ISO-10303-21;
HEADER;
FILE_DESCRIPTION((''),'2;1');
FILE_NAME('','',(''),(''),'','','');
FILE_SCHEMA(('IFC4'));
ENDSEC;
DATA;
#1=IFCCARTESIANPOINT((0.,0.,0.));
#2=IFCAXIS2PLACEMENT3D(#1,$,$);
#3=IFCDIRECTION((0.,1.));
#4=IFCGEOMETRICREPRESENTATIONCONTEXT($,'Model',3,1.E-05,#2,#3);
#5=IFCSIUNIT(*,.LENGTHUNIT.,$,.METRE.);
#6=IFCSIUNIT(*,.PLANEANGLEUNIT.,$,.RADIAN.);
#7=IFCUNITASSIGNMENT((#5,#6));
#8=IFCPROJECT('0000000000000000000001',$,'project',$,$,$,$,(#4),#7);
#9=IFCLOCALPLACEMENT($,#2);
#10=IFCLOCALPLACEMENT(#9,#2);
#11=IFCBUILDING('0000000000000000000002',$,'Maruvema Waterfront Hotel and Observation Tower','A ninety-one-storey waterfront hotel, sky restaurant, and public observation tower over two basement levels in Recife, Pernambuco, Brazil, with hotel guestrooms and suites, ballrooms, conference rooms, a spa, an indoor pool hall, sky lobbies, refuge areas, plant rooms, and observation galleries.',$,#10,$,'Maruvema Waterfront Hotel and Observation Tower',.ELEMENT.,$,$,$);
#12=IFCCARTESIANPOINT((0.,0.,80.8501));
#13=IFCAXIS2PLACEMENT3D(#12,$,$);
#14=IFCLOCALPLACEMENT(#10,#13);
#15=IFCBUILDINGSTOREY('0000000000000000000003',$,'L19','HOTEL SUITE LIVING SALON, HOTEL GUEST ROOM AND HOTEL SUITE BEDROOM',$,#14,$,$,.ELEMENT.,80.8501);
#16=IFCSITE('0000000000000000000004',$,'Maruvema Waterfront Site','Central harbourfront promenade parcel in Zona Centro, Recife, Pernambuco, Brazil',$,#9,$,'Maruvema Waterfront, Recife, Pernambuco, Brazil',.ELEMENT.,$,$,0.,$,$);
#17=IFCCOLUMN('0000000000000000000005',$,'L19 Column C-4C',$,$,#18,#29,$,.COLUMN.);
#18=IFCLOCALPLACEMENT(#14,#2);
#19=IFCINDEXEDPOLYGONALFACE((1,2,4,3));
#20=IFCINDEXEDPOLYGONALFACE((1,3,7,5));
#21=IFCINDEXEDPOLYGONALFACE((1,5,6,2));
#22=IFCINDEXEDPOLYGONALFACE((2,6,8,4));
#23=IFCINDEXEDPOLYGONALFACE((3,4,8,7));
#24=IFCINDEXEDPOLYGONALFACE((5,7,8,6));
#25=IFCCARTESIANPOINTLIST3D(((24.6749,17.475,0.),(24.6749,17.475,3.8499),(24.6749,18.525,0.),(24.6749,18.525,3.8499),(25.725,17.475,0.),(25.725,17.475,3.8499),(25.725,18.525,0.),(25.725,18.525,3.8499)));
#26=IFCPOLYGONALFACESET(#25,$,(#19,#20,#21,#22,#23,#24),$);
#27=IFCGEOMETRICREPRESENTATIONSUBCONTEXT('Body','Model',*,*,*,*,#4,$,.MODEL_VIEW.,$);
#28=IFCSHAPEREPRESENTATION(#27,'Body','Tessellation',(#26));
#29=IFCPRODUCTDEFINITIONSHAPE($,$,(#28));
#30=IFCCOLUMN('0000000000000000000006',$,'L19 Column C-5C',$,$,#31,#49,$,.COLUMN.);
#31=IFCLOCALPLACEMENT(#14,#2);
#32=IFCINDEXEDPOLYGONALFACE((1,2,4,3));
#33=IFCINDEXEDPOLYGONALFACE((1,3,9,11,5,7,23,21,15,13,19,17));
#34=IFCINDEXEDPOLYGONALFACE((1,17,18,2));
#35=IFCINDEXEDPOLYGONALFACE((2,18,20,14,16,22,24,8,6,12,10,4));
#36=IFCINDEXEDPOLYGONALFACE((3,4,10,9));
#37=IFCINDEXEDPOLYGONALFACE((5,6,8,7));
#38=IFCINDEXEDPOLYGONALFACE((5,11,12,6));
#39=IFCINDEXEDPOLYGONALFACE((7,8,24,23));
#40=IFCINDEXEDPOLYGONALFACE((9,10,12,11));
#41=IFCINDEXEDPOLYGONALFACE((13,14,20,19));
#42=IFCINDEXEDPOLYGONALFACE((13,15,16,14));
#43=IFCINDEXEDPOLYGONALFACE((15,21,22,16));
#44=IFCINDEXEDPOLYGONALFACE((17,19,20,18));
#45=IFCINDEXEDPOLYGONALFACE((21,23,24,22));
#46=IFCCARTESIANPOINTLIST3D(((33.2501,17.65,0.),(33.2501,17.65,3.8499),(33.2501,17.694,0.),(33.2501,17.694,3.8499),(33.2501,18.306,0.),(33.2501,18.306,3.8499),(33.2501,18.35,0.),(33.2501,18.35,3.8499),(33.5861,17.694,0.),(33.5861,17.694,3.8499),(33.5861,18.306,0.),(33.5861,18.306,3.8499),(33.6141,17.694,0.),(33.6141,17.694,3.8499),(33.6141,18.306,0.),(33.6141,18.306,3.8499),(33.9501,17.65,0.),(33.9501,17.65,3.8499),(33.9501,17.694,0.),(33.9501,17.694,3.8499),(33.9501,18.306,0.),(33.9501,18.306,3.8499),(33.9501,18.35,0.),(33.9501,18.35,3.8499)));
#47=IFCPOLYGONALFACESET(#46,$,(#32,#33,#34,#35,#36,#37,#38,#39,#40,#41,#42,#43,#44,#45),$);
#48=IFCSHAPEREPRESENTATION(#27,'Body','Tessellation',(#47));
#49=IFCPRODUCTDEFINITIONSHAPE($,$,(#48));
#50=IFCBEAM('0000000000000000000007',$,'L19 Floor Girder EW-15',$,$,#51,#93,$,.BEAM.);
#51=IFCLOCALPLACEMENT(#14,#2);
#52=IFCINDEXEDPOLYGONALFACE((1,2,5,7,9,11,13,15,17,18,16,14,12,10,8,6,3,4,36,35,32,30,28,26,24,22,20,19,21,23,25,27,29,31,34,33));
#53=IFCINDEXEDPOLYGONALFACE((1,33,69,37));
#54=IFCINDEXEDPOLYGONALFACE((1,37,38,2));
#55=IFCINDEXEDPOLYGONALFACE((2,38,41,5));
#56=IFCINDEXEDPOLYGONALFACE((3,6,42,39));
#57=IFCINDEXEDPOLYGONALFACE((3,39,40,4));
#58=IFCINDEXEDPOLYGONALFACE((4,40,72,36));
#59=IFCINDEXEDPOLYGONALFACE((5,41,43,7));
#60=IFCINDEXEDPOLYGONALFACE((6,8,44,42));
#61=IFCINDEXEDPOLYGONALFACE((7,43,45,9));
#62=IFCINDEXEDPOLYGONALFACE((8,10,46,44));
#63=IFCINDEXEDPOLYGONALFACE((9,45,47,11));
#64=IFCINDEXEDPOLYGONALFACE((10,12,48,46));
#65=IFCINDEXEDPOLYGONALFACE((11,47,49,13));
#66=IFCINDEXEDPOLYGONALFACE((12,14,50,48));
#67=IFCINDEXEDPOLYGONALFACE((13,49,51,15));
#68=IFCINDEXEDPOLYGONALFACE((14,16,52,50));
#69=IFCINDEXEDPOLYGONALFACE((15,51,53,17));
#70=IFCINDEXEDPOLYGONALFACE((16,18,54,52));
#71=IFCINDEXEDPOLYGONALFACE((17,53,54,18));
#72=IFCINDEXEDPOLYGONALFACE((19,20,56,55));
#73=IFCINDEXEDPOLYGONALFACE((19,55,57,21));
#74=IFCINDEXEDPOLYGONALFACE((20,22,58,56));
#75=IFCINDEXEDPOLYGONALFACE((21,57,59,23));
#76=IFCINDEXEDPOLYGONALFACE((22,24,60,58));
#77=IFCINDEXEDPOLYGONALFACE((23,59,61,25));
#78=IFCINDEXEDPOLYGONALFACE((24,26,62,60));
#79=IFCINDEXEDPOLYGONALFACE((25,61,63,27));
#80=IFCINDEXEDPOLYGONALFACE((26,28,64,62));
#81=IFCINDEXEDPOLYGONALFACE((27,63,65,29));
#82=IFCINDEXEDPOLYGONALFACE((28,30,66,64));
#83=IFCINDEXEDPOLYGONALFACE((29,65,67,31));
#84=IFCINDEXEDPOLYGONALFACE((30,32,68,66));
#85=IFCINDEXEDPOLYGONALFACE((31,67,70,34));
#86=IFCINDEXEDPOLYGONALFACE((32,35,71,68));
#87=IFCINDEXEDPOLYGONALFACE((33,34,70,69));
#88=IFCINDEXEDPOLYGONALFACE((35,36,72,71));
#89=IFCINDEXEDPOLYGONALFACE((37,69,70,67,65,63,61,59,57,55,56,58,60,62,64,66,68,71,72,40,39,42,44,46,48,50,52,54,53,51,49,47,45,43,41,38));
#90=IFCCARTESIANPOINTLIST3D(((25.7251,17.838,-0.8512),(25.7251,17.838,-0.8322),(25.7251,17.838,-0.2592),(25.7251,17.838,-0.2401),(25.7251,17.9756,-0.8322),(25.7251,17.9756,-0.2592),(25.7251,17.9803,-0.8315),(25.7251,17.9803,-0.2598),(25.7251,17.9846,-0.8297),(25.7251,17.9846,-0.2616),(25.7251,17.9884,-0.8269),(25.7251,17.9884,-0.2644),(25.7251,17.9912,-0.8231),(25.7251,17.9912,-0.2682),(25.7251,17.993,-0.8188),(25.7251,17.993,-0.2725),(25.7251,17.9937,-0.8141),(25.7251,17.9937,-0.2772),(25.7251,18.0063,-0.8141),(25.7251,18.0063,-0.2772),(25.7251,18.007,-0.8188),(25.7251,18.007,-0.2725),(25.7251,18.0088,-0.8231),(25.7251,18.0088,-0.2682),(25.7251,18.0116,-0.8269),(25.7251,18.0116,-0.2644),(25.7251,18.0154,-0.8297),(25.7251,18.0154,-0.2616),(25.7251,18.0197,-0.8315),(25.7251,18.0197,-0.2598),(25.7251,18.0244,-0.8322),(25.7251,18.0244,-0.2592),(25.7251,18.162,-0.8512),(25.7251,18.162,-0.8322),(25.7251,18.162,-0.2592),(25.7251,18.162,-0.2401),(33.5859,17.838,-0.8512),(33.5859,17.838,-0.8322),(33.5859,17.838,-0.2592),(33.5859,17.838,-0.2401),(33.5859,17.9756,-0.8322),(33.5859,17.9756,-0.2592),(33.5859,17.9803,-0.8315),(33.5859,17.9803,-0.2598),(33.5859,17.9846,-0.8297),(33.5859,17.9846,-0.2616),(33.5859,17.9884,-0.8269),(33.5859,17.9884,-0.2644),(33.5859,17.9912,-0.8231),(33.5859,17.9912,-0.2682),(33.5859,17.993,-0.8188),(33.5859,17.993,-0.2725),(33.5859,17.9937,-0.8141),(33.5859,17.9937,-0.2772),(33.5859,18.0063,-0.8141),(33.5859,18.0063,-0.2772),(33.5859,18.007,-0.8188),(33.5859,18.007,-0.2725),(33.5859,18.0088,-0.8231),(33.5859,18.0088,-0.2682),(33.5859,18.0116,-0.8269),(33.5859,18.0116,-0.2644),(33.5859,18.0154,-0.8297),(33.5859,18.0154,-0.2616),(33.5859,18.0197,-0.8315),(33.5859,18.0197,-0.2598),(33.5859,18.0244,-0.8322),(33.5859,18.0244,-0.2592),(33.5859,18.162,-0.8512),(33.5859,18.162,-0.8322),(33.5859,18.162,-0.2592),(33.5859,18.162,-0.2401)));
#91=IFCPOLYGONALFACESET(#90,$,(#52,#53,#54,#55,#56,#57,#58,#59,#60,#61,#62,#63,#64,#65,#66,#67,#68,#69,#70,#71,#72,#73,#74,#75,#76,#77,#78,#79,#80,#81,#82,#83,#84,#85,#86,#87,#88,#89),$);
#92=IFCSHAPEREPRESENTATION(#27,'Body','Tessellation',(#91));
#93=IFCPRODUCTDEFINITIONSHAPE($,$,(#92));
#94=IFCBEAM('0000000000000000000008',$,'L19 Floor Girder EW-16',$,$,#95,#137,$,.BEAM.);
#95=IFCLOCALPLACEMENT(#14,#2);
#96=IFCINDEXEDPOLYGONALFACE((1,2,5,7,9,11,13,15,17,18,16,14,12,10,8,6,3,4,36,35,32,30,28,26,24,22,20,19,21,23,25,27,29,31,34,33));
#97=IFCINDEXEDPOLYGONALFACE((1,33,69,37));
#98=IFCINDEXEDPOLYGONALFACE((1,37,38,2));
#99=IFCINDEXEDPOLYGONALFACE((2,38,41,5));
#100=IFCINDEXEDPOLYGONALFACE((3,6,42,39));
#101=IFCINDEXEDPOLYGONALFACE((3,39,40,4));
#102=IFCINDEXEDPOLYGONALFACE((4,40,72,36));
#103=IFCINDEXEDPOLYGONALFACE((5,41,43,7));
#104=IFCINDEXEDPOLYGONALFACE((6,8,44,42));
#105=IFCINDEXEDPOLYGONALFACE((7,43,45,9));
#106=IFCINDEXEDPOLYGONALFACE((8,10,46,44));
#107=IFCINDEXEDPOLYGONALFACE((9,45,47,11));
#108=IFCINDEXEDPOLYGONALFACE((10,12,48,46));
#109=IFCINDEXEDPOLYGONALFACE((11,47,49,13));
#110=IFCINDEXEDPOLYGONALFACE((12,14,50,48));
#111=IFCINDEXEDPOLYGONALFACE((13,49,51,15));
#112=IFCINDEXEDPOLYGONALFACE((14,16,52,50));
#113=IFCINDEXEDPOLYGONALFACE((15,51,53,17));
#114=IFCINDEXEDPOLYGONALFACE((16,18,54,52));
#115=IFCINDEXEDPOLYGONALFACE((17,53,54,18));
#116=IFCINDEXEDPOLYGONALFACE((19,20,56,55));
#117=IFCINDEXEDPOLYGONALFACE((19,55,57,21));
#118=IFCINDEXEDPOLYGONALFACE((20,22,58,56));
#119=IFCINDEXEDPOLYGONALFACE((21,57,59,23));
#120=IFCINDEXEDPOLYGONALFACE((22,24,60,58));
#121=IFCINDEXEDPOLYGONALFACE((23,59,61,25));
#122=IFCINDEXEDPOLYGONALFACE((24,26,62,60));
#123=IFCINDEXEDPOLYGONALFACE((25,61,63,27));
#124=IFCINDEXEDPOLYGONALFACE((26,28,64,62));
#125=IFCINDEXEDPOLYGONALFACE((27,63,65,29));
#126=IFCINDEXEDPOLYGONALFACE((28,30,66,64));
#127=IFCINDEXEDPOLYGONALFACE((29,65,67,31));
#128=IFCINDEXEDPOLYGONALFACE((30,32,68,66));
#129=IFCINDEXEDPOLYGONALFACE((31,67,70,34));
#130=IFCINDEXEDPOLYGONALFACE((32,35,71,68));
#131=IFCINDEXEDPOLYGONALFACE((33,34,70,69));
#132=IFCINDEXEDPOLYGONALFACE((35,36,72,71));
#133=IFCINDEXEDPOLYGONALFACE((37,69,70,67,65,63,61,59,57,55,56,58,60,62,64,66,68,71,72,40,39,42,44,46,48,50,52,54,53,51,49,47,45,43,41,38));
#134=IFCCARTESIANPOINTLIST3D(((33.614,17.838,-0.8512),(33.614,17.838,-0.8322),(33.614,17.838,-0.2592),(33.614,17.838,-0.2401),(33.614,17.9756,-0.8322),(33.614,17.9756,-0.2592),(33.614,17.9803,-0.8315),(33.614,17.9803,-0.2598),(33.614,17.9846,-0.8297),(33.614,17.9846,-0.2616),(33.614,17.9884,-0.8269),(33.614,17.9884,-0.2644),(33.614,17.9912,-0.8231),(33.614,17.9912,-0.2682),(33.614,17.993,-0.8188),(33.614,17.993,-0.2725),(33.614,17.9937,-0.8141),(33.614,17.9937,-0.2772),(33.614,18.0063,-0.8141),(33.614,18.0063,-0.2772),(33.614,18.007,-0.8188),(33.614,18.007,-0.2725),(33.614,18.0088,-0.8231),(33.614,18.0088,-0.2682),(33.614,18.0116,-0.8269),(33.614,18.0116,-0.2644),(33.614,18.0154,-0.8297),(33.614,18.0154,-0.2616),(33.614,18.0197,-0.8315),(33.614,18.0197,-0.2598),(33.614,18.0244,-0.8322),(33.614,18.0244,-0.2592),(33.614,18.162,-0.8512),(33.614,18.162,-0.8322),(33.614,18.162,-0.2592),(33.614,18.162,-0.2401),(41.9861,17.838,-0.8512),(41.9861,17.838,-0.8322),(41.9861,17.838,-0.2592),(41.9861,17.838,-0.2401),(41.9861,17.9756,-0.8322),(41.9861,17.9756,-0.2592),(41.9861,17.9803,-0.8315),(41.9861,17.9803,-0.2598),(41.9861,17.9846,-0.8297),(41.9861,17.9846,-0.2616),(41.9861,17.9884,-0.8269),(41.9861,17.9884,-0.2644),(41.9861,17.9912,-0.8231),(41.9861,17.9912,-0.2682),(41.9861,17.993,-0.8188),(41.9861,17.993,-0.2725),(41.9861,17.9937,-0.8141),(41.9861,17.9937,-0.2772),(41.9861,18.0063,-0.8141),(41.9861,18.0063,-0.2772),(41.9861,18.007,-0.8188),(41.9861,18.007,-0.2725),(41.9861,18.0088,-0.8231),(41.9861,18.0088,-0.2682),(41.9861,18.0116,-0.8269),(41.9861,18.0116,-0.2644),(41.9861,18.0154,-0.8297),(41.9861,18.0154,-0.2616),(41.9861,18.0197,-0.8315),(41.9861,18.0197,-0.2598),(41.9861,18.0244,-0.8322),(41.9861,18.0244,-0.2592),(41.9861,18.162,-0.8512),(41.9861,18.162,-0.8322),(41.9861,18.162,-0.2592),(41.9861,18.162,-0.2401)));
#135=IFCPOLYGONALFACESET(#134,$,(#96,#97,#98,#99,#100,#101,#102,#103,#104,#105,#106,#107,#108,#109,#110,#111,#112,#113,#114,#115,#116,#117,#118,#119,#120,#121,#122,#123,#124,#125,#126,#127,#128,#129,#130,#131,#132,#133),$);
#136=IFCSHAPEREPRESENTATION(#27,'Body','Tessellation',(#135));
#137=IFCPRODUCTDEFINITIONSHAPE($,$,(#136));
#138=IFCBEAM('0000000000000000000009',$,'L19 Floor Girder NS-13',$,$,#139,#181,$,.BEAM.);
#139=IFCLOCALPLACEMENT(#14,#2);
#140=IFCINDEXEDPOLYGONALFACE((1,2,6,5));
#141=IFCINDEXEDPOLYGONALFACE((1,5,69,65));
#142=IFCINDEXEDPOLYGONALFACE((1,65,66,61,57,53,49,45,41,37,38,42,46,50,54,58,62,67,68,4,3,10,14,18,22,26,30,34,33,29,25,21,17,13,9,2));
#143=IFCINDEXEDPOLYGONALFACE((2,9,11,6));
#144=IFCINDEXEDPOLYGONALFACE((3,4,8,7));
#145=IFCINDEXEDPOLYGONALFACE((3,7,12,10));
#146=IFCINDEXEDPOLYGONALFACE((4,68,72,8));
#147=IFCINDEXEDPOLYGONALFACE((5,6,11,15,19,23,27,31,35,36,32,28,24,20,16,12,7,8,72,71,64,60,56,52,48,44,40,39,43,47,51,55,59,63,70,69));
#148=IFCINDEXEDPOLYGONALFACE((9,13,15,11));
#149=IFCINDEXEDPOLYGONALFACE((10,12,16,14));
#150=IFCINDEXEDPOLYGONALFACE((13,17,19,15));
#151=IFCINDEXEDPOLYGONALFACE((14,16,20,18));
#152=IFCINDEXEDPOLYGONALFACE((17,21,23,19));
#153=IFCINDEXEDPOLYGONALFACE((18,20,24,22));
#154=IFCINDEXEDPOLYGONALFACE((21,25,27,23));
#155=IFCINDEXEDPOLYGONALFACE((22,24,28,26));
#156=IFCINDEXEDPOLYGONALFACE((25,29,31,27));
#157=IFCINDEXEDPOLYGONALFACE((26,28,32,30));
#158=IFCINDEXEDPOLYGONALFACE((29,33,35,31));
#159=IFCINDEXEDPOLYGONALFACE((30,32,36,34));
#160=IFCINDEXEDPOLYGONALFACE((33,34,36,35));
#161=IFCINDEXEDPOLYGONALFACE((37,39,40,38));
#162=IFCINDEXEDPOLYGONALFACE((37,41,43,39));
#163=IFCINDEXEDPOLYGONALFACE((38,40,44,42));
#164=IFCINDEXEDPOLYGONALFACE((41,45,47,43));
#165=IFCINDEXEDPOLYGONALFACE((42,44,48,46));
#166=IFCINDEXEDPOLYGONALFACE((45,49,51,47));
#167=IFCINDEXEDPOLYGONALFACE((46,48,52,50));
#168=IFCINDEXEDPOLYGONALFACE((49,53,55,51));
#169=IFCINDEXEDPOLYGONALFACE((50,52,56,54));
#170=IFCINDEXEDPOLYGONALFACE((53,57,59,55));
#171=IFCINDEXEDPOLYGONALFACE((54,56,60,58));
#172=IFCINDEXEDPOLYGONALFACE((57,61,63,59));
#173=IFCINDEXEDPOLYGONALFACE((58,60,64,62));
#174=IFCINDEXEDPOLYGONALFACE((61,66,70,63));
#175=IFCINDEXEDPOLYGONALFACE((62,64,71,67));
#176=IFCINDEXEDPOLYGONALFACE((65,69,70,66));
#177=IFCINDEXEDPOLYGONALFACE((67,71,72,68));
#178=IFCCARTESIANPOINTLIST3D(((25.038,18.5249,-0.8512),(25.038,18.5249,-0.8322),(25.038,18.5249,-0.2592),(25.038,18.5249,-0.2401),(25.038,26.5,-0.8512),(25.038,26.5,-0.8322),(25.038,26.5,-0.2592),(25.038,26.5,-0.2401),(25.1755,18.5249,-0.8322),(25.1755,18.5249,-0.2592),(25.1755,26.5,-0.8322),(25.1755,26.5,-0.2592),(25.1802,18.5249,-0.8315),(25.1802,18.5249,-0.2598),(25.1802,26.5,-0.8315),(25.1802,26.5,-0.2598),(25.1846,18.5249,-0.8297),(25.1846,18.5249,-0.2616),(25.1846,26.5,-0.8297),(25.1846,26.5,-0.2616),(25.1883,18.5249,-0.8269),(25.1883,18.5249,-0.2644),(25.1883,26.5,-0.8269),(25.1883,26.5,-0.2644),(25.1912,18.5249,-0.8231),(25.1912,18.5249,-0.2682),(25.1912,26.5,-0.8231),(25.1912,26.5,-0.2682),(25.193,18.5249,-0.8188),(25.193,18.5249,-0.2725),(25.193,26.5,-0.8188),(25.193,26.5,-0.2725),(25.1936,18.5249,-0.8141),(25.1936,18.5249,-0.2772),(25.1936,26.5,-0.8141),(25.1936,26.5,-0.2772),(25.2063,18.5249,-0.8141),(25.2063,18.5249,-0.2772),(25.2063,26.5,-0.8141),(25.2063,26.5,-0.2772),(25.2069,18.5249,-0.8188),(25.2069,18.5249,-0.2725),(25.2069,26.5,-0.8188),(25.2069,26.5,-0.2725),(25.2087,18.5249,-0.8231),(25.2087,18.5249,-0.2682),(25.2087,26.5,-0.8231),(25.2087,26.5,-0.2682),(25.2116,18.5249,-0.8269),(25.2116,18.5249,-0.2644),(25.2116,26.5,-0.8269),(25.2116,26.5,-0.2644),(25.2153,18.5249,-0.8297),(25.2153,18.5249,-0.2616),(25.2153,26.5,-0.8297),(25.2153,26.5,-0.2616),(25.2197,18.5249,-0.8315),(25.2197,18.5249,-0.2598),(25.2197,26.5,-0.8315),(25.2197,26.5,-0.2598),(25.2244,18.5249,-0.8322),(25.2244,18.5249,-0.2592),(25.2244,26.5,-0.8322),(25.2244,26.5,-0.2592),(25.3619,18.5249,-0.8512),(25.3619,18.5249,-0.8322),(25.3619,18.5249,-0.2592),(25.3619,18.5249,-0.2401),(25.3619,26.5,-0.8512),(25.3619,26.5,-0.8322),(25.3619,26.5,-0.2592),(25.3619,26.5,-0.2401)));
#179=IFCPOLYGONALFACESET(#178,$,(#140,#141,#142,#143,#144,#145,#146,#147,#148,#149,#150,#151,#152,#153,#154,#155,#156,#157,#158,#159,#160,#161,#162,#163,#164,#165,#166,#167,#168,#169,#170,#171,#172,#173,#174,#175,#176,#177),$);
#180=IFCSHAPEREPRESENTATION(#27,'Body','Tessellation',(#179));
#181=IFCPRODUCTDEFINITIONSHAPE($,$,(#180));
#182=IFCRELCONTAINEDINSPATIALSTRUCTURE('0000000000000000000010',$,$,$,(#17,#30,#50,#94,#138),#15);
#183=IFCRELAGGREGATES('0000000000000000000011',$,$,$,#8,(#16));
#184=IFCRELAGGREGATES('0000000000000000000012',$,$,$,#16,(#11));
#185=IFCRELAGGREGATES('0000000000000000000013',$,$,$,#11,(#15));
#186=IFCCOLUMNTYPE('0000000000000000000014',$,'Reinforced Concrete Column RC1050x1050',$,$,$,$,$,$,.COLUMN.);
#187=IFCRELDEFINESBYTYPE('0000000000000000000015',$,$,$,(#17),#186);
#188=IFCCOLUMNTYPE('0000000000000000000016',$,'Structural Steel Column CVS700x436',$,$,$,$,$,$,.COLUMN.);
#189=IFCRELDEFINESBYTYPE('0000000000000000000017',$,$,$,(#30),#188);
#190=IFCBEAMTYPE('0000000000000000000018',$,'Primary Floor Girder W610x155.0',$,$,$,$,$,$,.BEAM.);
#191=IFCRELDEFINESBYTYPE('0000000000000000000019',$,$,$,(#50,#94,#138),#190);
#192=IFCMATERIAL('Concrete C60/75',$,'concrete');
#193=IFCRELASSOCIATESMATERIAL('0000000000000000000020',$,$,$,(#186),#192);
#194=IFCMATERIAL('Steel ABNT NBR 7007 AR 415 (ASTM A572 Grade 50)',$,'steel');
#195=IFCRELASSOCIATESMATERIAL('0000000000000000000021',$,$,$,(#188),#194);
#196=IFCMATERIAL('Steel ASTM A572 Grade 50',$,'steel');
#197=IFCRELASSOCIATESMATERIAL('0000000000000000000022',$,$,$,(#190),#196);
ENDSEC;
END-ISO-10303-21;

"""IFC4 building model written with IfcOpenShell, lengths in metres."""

from ifc_helpers import new_model, si_unit, direction, frame, origin, origin_2d, place, context, subcontext, project, spatial, rectangle, i_section, extrude, material, material_profile, profile_set, type_object, element, save


model = new_model("IFC4")

# Units and contexts
model_context = context("Model", 3, precision=1e-05, world=origin(), true_north=direction((0.0, 1.0)))
body_context = subcontext(model_context, "Body", "Model", "MODEL_VIEW")
ifc_project = project(units=[si_unit("LENGTHUNIT", "METRE"), si_unit("PLANEANGLEUNIT", "RADIAN")], contexts=[model_context])

# Site, building, storey
site_placement = place(None, origin())
site = spatial("IfcSite", under=ifc_project, at=site_placement, Name="Maruvema Waterfront Site", Description="Central harbourfront promenade parcel in Zona Centro, Recife, Pernambuco, Brazil", LongName="Maruvema Waterfront, Recife, Pernambuco, Brazil", CompositionType="ELEMENT", RefElevation=0.0)
building_placement = place(site_placement, origin())
building = spatial("IfcBuilding", under=site, at=building_placement, Name="Maruvema Waterfront Hotel and Observation Tower", Description="A ninety-one-storey waterfront hotel, sky restaurant, and public observation tower over two basement levels in Recife, Pernambuco, Brazil, with hotel guestrooms and suites, ballrooms, conference rooms, a spa, an indoor pool hall, sky lobbies, refuge areas, plant rooms, and observation galleries.", LongName="Maruvema Waterfront Hotel and Observation Tower", CompositionType="ELEMENT")
storey_placement = place(building_placement, frame((0.0, 0.0, 80.8501)))
storey = spatial("IfcBuildingStorey", under=building, at=storey_placement, Name="L19", Description="HOTEL SUITE LIVING SALON, HOTEL GUEST ROOM AND HOTEL SUITE BEDROOM", CompositionType="ELEMENT", Elevation=80.8501)

# Columns
ifc_material_1 = material(Name="Concrete C60/75", Category="concrete")
ifc_material_profile_1 = material_profile(ifc_material_1, rectangle(XDim=1.05, YDim=1.05, at=origin_2d()), Name="RC1050x1050")
ifc_profile_set_1 = profile_set([ifc_material_profile_1], Name="Concrete C60/75")
column_type_1 = type_object("IfcColumnType", Name="Reinforced Concrete Column RC1050x1050", PredefinedType="COLUMN", material=ifc_profile_set_1)
column_1_placement = place(storey_placement, frame((25.2, 18.0, 0.0), z_axis=(0.0, 0.0, 1.0), x_axis=(1.0, 0.0, 0.0)))
element("IfcColumn", 1, at=column_1_placement, inside=storey, type_object=column_type_1, Name="L19 Column C-4C", PredefinedType="COLUMN", context=body_context, shape_type="SweptSolid", body=[
    extrude(rectangle(XDim=1.05, YDim=1.05, at=origin_2d()), origin(), (0.0, 0.0, 1.0), 3.8499),
])
ifc_material_2 = material(Name="Steel ABNT NBR 7007 AR 415 (ASTM A572 Grade 50)", Category="steel")
ifc_material_profile_2 = material_profile(ifc_material_2, i_section(OverallWidth=0.7, OverallDepth=0.7, WebThickness=0.0281, FlangeThickness=0.0439, at=origin_2d()), Name="CVS700x436")
ifc_profile_set_2 = profile_set([ifc_material_profile_2], Name="Steel ABNT NBR 7007 AR 415 (ASTM A572 Grade 50)")
column_type_2 = type_object("IfcColumnType", Name="Structural Steel Column CVS700x436", PredefinedType="COLUMN", material=ifc_profile_set_2)
column_2_placement = place(storey_placement, frame((33.6001, 18.0, 0.0), z_axis=(0.0, 0.0, 1.0), x_axis=(1.0, 0.0, 0.0)))
element("IfcColumn", 2, at=column_2_placement, inside=storey, type_object=column_type_2, Name="L19 Column C-5C", PredefinedType="COLUMN", context=body_context, shape_type="SweptSolid", body=[
    extrude(i_section(OverallWidth=0.7, OverallDepth=0.7, WebThickness=0.0281, FlangeThickness=0.0439, at=origin_2d()), origin(), (0.0, 0.0, 1.0), 3.8499),
])

# Beams
ifc_material_3 = material(Name="Steel ASTM A572 Grade 50", Category="steel")
ifc_material_profile_3 = material_profile(ifc_material_3, i_section(OverallWidth=0.324, OverallDepth=0.6111, WebThickness=0.0127, FlangeThickness=0.019, FilletRadius=0.0181, at=origin_2d()), Name="W610x155.0")
ifc_profile_set_3 = profile_set([ifc_material_profile_3], Name="Steel ASTM A572 Grade 50")
beam_type_1 = type_object("IfcBeamType", Name="Primary Floor Girder W610x155.0", PredefinedType="BEAM", material=ifc_profile_set_3)
beam_1_placement = place(storey_placement, frame((25.7251, 18.0, -0.5457), z_axis=(1.0, 0.0, 0.0), x_axis=(0.0, 1.0, 0.0)))
element("IfcBeam", 3, at=beam_1_placement, inside=storey, type_object=beam_type_1, Name="L19 Floor Girder EW-15", PredefinedType="BEAM", context=body_context, shape_type="SweptSolid", body=[
    extrude(i_section(OverallWidth=0.324, OverallDepth=0.6111, WebThickness=0.0127, FlangeThickness=0.019, FilletRadius=0.0181, at=origin_2d()), origin(), (0.0, 0.0, 1.0), 7.8608),
])
beam_2_placement = place(storey_placement, frame((33.614, 18.0, -0.5457), z_axis=(1.0, 0.0, 0.0), x_axis=(0.0, 1.0, 0.0)))
element("IfcBeam", 4, at=beam_2_placement, inside=storey, type_object=beam_type_1, Name="L19 Floor Girder EW-16", PredefinedType="BEAM", context=body_context, shape_type="SweptSolid", body=[
    extrude(i_section(OverallWidth=0.324, OverallDepth=0.6111, WebThickness=0.0127, FlangeThickness=0.019, FilletRadius=0.0181, at=origin_2d()), origin(), (0.0, 0.0, 1.0), 8.3721),
])
beam_3_placement = place(storey_placement, frame((25.2, 18.5249, -0.5457), z_axis=(0.0, 1.0, 0.0), x_axis=(-1.0, 0.0, 0.0)))
element("IfcBeam", 5, at=beam_3_placement, inside=storey, type_object=beam_type_1, Name="L19 Floor Girder NS-13", PredefinedType="BEAM", context=body_context, shape_type="SweptSolid", body=[
    extrude(i_section(OverallWidth=0.324, OverallDepth=0.6111, WebThickness=0.0127, FlangeThickness=0.019, FilletRadius=0.0181, at=origin_2d()), origin(), (0.0, 0.0, 1.0), 7.9751),
])

save(model, "model.ifc")
